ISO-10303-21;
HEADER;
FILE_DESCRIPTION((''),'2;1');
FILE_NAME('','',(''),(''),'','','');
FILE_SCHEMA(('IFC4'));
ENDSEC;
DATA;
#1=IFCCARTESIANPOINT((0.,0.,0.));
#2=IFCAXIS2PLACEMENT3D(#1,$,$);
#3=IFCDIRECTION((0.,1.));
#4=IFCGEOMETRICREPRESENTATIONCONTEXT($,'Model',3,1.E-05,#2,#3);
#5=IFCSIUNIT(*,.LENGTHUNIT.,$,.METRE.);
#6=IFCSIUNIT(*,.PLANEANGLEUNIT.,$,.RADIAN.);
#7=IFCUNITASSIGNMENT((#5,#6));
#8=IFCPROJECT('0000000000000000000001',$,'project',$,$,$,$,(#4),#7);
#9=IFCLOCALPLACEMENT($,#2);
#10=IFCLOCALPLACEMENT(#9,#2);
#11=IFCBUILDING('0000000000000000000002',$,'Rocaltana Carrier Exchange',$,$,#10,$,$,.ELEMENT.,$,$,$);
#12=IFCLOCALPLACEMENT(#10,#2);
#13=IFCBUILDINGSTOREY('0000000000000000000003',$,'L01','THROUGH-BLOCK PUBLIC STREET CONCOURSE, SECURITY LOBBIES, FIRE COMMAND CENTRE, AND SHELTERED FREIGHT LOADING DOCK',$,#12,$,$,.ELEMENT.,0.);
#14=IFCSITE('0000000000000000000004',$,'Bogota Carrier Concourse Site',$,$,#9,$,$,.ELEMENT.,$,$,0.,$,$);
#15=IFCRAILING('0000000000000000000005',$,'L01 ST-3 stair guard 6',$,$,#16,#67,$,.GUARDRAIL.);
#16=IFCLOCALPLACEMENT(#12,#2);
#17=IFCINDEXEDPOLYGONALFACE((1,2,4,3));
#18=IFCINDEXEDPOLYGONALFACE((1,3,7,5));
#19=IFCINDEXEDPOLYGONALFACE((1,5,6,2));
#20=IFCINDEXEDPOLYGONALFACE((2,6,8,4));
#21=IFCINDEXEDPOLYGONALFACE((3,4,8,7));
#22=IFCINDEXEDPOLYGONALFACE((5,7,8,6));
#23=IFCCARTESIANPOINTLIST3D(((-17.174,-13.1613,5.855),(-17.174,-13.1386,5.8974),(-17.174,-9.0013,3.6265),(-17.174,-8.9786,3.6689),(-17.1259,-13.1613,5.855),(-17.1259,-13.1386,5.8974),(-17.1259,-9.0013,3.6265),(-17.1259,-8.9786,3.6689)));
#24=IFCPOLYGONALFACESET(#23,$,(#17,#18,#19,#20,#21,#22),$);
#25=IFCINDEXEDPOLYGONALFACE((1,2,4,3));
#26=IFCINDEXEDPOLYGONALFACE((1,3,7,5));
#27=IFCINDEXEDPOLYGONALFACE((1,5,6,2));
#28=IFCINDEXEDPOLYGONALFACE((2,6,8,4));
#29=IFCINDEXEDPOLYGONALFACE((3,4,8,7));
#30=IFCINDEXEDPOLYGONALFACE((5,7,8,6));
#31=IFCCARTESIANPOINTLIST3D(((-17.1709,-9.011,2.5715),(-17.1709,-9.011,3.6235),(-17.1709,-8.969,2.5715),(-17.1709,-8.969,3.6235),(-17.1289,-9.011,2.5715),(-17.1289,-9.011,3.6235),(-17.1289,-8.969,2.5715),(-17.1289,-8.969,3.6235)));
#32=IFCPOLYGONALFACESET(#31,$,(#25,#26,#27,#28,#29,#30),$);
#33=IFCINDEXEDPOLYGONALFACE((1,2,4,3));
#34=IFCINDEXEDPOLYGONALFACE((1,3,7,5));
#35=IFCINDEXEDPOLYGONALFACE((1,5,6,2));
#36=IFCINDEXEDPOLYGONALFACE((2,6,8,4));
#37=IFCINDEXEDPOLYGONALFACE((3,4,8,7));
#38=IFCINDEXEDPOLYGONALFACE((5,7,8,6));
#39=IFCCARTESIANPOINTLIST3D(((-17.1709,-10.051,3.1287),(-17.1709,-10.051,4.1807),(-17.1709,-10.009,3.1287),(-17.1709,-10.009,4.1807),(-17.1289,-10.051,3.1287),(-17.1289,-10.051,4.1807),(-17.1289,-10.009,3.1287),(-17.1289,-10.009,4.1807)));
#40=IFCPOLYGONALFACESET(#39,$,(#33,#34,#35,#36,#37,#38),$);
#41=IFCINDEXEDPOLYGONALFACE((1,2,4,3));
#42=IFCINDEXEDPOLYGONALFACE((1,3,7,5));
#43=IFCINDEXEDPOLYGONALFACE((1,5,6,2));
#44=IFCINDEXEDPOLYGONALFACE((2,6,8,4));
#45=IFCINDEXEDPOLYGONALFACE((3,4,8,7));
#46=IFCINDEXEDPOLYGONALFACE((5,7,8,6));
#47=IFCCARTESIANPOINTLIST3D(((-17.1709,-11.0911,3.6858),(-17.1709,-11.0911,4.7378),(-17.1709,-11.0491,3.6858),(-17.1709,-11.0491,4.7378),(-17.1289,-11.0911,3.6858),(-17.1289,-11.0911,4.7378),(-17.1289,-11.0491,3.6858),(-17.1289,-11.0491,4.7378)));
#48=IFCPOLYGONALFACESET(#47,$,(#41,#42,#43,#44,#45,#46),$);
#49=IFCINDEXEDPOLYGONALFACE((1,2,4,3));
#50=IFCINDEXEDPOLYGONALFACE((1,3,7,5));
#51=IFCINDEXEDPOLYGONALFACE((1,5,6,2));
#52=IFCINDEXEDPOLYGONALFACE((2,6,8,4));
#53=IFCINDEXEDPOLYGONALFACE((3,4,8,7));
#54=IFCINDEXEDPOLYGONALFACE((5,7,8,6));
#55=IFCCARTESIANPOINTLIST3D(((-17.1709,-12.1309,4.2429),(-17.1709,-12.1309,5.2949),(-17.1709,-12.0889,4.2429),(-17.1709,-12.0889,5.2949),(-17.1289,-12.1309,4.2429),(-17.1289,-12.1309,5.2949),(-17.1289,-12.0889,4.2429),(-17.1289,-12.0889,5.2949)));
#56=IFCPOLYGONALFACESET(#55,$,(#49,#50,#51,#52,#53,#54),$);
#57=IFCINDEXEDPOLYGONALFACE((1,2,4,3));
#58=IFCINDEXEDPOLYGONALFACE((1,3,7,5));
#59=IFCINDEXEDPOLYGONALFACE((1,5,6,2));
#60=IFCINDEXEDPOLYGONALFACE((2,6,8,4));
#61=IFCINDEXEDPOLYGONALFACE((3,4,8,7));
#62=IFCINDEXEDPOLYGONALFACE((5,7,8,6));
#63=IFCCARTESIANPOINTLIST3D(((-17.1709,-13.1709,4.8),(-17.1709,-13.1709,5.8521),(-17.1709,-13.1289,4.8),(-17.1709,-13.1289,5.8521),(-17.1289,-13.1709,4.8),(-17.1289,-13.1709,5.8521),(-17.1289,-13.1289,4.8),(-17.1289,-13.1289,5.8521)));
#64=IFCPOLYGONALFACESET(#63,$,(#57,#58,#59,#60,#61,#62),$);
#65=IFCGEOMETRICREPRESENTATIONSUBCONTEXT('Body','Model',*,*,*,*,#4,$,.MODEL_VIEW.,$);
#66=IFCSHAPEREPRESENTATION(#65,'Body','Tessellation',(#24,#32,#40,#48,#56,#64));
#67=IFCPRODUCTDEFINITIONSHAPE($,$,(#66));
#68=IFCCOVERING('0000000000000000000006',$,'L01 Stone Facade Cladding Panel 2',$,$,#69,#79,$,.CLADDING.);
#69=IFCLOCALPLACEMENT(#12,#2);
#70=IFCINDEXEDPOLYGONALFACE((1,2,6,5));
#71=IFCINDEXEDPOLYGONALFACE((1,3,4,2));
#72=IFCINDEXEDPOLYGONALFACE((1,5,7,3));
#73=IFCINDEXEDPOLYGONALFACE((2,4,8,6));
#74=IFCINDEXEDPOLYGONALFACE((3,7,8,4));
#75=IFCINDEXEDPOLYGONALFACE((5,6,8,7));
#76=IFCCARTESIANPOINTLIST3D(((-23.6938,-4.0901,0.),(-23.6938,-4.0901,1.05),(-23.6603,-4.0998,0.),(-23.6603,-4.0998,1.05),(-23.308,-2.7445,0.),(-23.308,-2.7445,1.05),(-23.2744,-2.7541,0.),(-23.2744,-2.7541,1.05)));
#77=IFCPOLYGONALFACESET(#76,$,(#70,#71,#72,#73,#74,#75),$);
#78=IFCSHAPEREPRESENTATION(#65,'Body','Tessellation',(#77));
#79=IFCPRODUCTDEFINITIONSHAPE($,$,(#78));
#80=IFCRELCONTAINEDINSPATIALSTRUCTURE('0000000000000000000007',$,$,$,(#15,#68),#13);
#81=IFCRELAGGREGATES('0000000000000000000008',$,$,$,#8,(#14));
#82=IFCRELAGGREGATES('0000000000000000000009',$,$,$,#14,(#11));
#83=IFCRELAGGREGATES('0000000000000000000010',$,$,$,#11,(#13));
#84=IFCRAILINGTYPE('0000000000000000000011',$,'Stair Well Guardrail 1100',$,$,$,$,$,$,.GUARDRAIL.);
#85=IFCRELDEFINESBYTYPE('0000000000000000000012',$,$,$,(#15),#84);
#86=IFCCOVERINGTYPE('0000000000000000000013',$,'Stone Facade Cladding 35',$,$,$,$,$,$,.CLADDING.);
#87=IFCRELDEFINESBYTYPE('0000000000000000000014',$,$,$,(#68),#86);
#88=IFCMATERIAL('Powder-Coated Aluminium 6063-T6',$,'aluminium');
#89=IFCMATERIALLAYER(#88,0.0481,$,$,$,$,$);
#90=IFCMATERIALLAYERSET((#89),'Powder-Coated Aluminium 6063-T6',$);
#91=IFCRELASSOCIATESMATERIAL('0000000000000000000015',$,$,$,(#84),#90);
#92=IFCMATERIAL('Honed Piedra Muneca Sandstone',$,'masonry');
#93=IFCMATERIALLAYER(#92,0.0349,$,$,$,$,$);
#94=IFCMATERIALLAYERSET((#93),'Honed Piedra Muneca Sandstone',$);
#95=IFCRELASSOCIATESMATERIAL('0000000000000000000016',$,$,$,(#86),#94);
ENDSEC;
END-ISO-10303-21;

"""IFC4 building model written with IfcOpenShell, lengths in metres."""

from ifc_helpers import new_model, si_unit, direction, frame, origin, origin_2d, place, context, subcontext, project, spatial, rectangle, extrude, material, layer, layer_set, type_object, element, save


model = new_model("IFC4")

# Units and contexts
model_context = context("Model", 3, precision=1e-05, world=origin(), true_north=direction((0.0, 1.0)))
body_context = subcontext(model_context, "Body", "Model", "MODEL_VIEW")
ifc_project = project(units=[si_unit("LENGTHUNIT", "METRE"), si_unit("PLANEANGLEUNIT", "RADIAN")], contexts=[model_context])

# Site, building, storey
site_placement = place(None, origin())
site = spatial("IfcSite", under=ifc_project, at=site_placement, Name="Bogota Carrier Concourse Site", CompositionType="ELEMENT", RefElevation=0.0)
building_placement = place(site_placement, origin())
building = spatial("IfcBuilding", under=site, at=building_placement, Name="Rocaltana Carrier Exchange", CompositionType="ELEMENT")
storey_placement = place(building_placement, origin())
storey = spatial("IfcBuildingStorey", under=building, at=storey_placement, Name="L01", Description="THROUGH-BLOCK PUBLIC STREET CONCOURSE, SECURITY LOBBIES, FIRE COMMAND CENTRE, AND SHELTERED FREIGHT LOADING DOCK", CompositionType="ELEMENT", Elevation=0.0)

# Railing
ifc_material_1 = material(Name="Powder-Coated Aluminium 6063-T6", Category="aluminium")
ifc_layer_1 = layer(ifc_material_1, 0.0481)
ifc_layer_set_1 = layer_set([ifc_layer_1], Name="Powder-Coated Aluminium 6063-T6")
railing_type_1 = type_object("IfcRailingType", Name="Stair Well Guardrail 1100", PredefinedType="GUARDRAIL", material=ifc_layer_set_1)
railing_1_placement = place(storey_placement, frame((-17.1499, -8.99, 2.5715)))
element("IfcRailing", 1, at=railing_1_placement, inside=storey, type_object=railing_type_1, Name="L01 ST-3 stair guard 6", PredefinedType="GUARDRAIL", context=body_context, shape_type="SweptSolid", body=[
    extrude(rectangle(XDim=0.0481, YDim=0.0481, at=origin_2d()), frame((0.0, 0.0, 1.0762), z_axis=(0.0, -0.881481, 0.47222), x_axis=(1.0, 0.0, 0.0)), (0.0, 0.0, 1.0), 4.7192),
    extrude(rectangle(XDim=0.042, YDim=0.042, at=origin_2d()), origin(), (0.0, 0.0, 1.0), 1.052),
    extrude(rectangle(XDim=0.042, YDim=0.042, at=origin_2d()), frame((0.0, -1.04, 0.5571)), (0.0, 0.0, 1.0), 1.052),
    extrude(rectangle(XDim=0.042, YDim=0.042, at=origin_2d()), frame((0.0, -2.0801, 1.1143)), (0.0, 0.0, 1.0), 1.052),
    extrude(rectangle(XDim=0.042, YDim=0.042, at=origin_2d()), frame((0.0, -3.1199, 1.6714)), (0.0, 0.0, 1.0), 1.052),
    extrude(rectangle(XDim=0.042, YDim=0.042, at=origin_2d()), frame((0.0, -4.1599, 2.2285)), (0.0, 0.0, 1.0), 1.052),
])

# Covering
ifc_material_2 = material(Name="Honed Piedra Muneca Sandstone", Category="masonry")
ifc_layer_2 = layer(ifc_material_2, 0.0349)
ifc_layer_set_2 = layer_set([ifc_layer_2], Name="Honed Piedra Muneca Sandstone")
covering_type = type_object("IfcCoveringType", Name="Stone Facade Cladding 35", PredefinedType="CLADDING", material=ifc_layer_set_2)
covering_placement = place(storey_placement, frame((-23.4841, -3.4221, 0.0), z_axis=(0.0, 0.0, 1.0), x_axis=(0.275637, 0.961262, 0.0)))
element("IfcCovering", 2, at=covering_placement, inside=storey, type_object=covering_type, Name="L01 Stone Facade Cladding Panel 2", PredefinedType="CLADDING", context=body_context, shape_type="SweptSolid", body=[
    extrude(rectangle(XDim=1.3999, YDim=0.0349, at=origin_2d()), origin(), (0.0, 0.0, 1.0), 1.05),
])

save(model, "model.ifc")
